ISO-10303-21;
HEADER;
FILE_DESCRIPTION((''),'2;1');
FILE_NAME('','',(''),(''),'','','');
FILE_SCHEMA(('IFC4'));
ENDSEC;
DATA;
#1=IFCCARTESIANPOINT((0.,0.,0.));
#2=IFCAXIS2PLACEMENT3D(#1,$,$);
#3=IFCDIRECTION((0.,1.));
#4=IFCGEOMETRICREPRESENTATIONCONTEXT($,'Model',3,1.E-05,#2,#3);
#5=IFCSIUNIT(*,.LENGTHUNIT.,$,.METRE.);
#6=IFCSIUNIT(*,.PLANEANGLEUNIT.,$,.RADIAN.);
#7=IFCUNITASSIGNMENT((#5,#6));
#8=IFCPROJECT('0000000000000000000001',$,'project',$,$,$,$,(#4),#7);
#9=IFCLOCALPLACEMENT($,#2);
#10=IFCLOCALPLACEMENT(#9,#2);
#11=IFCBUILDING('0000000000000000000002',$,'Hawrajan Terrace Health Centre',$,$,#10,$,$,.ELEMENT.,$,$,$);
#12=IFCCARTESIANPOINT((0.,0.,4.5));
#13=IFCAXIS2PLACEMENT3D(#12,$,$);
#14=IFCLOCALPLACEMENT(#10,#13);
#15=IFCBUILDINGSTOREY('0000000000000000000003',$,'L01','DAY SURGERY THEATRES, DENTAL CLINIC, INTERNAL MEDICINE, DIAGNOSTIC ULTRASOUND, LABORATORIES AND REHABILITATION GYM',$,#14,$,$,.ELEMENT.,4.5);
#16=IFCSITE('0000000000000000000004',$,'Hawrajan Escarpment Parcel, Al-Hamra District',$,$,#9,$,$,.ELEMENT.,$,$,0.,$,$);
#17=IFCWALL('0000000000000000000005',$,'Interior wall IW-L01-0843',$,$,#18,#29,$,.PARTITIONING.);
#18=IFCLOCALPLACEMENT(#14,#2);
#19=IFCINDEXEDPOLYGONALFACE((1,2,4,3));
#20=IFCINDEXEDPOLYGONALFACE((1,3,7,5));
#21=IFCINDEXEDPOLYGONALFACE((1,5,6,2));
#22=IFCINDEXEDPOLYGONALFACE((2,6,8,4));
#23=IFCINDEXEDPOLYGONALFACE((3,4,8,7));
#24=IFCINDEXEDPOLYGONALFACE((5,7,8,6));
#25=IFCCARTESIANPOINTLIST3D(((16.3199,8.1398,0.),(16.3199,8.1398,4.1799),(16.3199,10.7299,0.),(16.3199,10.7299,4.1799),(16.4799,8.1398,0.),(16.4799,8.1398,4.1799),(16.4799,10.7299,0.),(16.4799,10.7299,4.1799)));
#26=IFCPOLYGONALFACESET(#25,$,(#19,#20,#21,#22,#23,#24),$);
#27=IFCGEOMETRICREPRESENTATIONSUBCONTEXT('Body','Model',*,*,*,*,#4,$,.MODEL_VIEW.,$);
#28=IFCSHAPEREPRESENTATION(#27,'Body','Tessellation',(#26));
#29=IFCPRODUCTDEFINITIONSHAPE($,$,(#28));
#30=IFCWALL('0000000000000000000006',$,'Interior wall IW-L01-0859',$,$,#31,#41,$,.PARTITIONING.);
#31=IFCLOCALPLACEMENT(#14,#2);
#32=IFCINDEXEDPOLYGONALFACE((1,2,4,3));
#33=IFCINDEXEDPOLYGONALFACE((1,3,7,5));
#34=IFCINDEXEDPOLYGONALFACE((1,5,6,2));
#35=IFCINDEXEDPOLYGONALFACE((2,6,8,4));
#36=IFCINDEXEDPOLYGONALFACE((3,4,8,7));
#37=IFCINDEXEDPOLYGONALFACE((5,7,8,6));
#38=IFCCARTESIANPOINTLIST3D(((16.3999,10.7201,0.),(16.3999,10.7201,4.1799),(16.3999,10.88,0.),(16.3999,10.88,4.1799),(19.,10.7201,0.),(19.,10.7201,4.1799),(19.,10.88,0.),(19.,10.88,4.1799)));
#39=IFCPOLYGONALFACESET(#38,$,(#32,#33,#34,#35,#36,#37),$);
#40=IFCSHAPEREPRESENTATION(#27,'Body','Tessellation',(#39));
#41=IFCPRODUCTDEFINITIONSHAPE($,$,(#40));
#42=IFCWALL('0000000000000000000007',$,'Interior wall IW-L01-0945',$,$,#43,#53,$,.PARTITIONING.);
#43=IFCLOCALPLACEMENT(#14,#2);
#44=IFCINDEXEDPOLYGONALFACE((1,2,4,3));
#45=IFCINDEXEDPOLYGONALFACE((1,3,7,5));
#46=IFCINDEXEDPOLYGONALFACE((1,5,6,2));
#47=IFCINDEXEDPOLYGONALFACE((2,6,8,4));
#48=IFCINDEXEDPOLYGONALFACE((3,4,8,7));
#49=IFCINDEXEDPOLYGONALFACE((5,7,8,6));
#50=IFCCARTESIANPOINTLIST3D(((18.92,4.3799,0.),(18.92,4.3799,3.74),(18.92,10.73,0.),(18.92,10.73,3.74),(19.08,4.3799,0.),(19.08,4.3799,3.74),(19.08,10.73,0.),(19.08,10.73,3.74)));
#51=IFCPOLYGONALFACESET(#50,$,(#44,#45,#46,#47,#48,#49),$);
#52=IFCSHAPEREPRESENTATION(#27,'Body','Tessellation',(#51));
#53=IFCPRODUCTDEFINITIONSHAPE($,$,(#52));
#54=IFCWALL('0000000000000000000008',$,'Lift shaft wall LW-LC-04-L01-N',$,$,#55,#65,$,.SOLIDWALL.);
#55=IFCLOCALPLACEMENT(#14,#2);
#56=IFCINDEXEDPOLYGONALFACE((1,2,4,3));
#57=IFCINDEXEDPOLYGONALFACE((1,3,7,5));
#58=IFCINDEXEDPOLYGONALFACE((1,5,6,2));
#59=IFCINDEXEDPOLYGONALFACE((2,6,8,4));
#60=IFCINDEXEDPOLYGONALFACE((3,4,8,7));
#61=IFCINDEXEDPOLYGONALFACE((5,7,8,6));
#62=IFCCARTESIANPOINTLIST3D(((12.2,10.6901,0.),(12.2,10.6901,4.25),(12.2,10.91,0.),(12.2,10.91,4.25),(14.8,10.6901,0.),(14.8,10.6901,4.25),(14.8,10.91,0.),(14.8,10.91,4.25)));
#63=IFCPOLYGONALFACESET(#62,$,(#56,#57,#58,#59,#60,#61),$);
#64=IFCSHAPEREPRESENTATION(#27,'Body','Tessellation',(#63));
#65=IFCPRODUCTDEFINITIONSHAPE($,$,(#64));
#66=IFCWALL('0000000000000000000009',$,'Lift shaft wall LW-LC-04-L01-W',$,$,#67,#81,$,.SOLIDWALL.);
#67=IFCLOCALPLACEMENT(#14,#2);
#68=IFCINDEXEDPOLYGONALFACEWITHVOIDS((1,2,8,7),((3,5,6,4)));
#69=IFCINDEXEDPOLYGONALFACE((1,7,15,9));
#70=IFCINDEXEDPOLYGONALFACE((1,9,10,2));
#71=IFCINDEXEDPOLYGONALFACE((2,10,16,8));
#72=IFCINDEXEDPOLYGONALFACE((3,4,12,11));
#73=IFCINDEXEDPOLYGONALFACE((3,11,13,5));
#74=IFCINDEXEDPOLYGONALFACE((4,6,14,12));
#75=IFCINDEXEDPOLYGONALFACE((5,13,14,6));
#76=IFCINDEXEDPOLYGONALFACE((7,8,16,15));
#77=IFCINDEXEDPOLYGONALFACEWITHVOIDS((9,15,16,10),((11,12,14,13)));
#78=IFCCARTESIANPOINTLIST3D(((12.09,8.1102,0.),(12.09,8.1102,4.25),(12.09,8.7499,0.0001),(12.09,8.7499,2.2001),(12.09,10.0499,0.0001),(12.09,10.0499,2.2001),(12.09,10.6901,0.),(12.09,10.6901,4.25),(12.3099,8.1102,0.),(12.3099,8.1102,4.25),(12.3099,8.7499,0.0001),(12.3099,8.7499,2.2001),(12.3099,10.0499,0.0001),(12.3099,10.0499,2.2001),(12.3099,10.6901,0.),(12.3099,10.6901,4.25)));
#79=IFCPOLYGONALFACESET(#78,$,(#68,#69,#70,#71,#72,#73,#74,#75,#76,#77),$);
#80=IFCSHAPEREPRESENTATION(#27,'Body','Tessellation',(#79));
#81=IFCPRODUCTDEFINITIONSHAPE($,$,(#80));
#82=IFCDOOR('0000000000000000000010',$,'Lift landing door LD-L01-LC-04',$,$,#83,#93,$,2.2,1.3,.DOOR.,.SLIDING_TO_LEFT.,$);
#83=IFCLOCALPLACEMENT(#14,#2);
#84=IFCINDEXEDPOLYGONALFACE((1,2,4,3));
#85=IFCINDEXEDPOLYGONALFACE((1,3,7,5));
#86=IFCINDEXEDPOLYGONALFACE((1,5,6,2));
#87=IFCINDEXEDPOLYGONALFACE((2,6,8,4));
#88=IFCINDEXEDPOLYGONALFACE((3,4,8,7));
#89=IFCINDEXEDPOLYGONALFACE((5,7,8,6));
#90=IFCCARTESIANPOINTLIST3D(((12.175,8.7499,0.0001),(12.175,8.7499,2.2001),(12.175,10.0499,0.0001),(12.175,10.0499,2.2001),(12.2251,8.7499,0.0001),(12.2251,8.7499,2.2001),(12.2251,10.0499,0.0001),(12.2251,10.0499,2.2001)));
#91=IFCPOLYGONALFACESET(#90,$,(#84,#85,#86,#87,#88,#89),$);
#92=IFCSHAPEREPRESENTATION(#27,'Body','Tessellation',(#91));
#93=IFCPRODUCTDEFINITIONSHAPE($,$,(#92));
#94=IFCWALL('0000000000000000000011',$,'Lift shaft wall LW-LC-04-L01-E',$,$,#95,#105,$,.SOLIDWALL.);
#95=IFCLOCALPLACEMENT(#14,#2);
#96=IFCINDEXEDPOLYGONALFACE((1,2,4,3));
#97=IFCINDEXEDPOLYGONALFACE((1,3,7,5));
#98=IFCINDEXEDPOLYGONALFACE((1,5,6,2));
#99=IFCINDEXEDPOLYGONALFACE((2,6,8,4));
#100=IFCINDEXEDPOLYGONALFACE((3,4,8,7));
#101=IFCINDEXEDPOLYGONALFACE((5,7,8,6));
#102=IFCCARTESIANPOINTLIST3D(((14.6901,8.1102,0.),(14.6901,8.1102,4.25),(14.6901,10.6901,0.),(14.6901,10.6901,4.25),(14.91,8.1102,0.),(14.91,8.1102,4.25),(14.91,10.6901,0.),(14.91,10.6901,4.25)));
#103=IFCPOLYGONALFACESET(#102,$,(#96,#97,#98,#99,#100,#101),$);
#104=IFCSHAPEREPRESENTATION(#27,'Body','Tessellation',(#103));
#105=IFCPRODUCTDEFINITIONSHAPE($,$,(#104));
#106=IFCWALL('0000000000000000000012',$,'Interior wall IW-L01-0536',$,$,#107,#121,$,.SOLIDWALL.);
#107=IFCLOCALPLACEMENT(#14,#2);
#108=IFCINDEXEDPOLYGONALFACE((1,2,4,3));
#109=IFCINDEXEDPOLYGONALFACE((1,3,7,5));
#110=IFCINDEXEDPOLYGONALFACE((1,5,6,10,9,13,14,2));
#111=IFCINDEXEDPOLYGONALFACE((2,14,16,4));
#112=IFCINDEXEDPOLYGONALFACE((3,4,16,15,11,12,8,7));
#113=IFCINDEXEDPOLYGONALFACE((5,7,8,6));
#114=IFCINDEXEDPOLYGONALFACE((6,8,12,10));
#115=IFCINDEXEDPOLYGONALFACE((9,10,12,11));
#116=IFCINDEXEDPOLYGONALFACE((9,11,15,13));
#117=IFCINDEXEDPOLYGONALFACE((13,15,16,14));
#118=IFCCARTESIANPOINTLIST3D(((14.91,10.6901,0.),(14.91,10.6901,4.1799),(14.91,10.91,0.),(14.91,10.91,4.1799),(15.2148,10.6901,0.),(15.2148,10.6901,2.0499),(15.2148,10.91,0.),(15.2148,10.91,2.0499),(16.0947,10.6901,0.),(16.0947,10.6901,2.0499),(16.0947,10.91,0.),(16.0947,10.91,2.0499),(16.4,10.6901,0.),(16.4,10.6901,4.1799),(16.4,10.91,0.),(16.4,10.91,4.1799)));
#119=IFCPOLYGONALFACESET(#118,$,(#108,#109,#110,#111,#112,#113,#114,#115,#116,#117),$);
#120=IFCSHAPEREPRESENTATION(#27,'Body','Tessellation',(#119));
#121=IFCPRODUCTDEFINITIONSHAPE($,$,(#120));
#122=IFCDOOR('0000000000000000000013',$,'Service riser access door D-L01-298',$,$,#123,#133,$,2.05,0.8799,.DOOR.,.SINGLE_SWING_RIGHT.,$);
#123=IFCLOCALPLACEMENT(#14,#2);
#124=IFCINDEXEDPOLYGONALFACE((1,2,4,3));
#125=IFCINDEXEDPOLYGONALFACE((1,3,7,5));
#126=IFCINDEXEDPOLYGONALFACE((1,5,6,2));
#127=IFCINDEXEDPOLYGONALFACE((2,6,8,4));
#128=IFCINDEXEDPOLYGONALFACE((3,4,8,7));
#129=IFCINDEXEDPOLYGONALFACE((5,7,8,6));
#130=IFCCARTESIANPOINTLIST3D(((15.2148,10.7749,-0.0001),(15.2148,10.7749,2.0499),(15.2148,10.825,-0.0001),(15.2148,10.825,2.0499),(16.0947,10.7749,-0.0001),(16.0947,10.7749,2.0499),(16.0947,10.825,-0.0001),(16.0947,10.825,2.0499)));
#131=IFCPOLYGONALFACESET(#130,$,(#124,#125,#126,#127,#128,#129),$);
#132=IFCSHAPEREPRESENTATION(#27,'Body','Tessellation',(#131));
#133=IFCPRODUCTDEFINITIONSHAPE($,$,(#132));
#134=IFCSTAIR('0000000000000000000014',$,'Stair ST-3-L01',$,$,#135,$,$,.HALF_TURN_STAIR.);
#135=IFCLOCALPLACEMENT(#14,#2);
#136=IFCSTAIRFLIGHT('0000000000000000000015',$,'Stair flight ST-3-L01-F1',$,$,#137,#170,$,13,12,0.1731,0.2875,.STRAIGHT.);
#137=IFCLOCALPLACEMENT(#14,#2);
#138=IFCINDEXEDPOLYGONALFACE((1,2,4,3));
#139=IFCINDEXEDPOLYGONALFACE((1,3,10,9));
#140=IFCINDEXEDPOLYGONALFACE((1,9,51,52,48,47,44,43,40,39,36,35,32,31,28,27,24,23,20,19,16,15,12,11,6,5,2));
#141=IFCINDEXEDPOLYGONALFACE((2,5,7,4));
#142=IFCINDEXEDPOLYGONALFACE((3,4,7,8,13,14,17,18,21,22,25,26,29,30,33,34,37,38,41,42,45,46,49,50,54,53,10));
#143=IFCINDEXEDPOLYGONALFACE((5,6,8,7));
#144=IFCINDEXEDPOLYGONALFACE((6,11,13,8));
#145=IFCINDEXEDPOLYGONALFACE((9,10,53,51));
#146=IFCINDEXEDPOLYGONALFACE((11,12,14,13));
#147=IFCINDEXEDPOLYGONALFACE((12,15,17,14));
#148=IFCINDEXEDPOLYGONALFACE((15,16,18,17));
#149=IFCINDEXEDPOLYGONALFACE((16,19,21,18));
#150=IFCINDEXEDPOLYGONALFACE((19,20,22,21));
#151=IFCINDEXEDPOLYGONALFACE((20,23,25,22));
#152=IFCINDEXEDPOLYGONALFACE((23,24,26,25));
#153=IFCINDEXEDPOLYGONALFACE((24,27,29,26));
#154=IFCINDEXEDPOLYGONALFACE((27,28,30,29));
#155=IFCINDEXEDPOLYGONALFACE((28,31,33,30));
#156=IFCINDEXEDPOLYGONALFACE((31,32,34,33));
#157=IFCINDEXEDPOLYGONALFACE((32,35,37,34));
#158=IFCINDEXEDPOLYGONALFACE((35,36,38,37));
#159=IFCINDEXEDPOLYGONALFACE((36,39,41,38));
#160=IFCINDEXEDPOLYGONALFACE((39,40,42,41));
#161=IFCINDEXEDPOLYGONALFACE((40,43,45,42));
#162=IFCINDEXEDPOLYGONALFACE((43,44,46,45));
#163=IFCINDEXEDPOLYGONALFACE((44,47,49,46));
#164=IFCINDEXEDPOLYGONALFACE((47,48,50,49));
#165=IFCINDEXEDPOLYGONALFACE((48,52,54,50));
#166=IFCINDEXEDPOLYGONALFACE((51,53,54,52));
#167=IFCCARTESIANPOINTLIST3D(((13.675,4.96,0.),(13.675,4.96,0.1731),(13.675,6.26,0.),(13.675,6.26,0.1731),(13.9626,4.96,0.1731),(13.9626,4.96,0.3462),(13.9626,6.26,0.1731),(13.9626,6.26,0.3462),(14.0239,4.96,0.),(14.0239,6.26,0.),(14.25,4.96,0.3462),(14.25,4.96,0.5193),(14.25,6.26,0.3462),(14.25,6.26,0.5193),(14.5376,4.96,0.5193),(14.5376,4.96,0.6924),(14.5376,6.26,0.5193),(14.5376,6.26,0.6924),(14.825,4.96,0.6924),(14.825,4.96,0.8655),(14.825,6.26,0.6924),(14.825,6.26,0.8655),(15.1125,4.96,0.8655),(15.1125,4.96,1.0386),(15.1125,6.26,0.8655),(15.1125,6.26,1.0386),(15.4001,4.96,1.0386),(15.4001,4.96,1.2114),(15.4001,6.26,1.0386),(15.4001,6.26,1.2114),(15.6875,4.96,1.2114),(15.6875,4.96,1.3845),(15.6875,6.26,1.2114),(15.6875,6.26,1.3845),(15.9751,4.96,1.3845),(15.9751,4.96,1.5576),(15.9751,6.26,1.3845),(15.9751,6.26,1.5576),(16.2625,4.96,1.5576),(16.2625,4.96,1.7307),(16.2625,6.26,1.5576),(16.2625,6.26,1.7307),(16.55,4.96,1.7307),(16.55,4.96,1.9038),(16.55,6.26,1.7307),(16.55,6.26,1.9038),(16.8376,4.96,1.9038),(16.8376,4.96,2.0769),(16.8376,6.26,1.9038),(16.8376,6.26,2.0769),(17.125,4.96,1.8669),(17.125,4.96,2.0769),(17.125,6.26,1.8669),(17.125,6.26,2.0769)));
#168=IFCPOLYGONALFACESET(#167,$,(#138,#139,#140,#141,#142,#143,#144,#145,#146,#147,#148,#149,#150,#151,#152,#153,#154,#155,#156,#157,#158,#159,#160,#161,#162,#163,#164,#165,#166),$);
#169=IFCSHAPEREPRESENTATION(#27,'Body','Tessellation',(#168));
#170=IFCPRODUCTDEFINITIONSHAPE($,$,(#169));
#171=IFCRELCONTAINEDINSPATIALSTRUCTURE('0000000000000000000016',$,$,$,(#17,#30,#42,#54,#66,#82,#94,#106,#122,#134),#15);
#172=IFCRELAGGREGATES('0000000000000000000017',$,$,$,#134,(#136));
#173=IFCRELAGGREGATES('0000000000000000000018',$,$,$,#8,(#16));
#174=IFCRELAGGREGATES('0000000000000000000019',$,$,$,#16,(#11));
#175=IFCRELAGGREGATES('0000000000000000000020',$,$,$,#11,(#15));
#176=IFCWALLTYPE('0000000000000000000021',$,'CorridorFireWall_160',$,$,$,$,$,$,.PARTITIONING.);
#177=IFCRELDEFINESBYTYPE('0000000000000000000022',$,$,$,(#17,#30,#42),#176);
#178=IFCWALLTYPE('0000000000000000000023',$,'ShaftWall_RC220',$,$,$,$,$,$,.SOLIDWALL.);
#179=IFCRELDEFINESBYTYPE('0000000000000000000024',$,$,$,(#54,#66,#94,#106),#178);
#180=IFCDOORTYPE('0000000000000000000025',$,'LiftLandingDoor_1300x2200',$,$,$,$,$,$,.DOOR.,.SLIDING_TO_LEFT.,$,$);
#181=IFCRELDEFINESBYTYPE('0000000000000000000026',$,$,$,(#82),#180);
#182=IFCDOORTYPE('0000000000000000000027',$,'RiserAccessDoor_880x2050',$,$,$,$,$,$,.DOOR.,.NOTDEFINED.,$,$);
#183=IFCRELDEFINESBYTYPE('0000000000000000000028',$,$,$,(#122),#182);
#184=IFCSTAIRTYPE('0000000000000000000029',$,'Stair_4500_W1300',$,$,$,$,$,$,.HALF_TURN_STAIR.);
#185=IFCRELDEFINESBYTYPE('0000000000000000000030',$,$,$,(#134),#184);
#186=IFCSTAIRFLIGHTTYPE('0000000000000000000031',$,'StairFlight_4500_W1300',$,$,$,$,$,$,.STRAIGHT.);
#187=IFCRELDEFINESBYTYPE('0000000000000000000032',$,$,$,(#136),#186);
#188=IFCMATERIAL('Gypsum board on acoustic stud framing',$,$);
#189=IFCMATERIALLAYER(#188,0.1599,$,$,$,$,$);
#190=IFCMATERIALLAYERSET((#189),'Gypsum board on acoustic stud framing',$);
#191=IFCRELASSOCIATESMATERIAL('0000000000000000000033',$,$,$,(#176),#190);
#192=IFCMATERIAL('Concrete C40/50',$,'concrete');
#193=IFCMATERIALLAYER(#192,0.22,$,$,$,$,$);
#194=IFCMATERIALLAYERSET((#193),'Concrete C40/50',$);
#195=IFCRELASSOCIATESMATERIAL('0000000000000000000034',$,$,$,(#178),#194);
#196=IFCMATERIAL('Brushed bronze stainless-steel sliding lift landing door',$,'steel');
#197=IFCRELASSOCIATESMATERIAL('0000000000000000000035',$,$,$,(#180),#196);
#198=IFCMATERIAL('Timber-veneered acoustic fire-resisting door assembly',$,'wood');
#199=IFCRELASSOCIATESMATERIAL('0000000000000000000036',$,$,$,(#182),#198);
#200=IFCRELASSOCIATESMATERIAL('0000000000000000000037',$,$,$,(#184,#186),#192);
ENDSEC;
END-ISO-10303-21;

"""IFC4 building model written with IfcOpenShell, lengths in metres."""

from ifc_helpers import new_model, si_unit, direction, frame, frame_2d, origin, place, context, subcontext, project, spatial, polyline, rectangle, outline, extrude, material, layer, layer_set, type_object, element, fill, aggregate, save


model = new_model("IFC4")

# Units and contexts
model_context = context("Model", 3, precision=1e-05, world=origin(), true_north=direction((0.0, 1.0)))
body_context = subcontext(model_context, "Body", "Model", "MODEL_VIEW")
ifc_project = project(units=[si_unit("LENGTHUNIT", "METRE"), si_unit("PLANEANGLEUNIT", "RADIAN")], contexts=[model_context])

# Site, building, storey
site_placement = place(None, origin())
site = spatial("IfcSite", under=ifc_project, at=site_placement, Name="Hawrajan Escarpment Parcel, Al-Hamra District", CompositionType="ELEMENT", RefElevation=0.0)
building_placement = place(site_placement, origin())
building = spatial("IfcBuilding", under=site, at=building_placement, Name="Hawrajan Terrace Health Centre", CompositionType="ELEMENT")
storey_placement = place(building_placement, frame((0.0, 0.0, 4.5)))
storey = spatial("IfcBuildingStorey", under=building, at=storey_placement, Name="L01", Description="DAY SURGERY THEATRES, DENTAL CLINIC, INTERNAL MEDICINE, DIAGNOSTIC ULTRASOUND, LABORATORIES AND REHABILITATION GYM", CompositionType="ELEMENT", Elevation=4.5)

# Shared definitions
ifc_material_1 = material(Name="Concrete C40/50", Category="concrete")

# Shared definitions
ifc_material_2 = material(Name="Gypsum board on acoustic stud framing")
ifc_layer_1 = layer(ifc_material_2, 0.1599)
ifc_layer_set_1 = layer_set([ifc_layer_1], Name="Gypsum board on acoustic stud framing")
wall_type_1 = type_object("IfcWallType", Name="CorridorFireWall_160", PredefinedType="PARTITIONING", material=ifc_layer_set_1)
ifc_material_3 = material(Name="Timber-veneered acoustic fire-resisting door assembly", Category="wood")

# Walls
wall_1_placement = place(storey_placement, frame((16.3999, 8.1399, 0.0), z_axis=(0.0, 0.0, 1.0), x_axis=(0.0, 1.0, 0.0)))
element("IfcWall", 1, at=wall_1_placement, inside=storey, type_object=wall_type_1, Name="Interior wall IW-L01-0843", PredefinedType="PARTITIONING", context=body_context, shape_type="SweptSolid", body=[
    extrude(rectangle(XDim=2.5901, YDim=0.1599, at=frame_2d((1.2949, 0.0))), origin(), (0.0, 0.0, 1.0), 4.1799),
])
wall_2_placement = place(storey_placement, frame((16.3999, 10.8, 0.0), z_axis=(0.0, 0.0, 1.0), x_axis=(1.0, 0.0, 0.0)))
element("IfcWall", 2, at=wall_2_placement, inside=storey, type_object=wall_type_1, Name="Interior wall IW-L01-0859", PredefinedType="PARTITIONING", context=body_context, shape_type="SweptSolid", body=[
    extrude(rectangle(XDim=2.6001, YDim=0.1599, at=frame_2d((1.3, 0.0))), origin(), (0.0, 0.0, 1.0), 4.1799),
])
wall_3_placement = place(storey_placement, frame((19.0, 4.3799, 0.0), z_axis=(0.0, 0.0, 1.0), x_axis=(0.0, 1.0, 0.0)))
element("IfcWall", 3, at=wall_3_placement, inside=storey, type_object=wall_type_1, Name="Interior wall IW-L01-0945", PredefinedType="PARTITIONING", context=body_context, shape_type="SweptSolid", body=[
    extrude(rectangle(XDim=6.3501, YDim=0.1599, at=frame_2d((3.175, 0.0))), origin(), (0.0, 0.0, 1.0), 3.74),
])
ifc_layer_2 = layer(ifc_material_1, 0.22)
ifc_layer_set_2 = layer_set([ifc_layer_2], Name="Concrete C40/50")
wall_type_2 = type_object("IfcWallType", Name="ShaftWall_RC220", PredefinedType="SOLIDWALL", material=ifc_layer_set_2)
wall_4_placement = place(storey_placement, frame((12.2, 10.8, 0.0), z_axis=(0.0, 0.0, 1.0), x_axis=(1.0, 0.0, 0.0)))
element("IfcWall", 4, at=wall_4_placement, inside=storey, type_object=wall_type_2, Name="Lift shaft wall LW-LC-04-L01-N", PredefinedType="SOLIDWALL", context=body_context, shape_type="SweptSolid", body=[
    extrude(rectangle(XDim=2.6001, YDim=0.22, at=frame_2d((1.3, 0.0))), origin(), (0.0, 0.0, 1.0), 4.25),
])

# Wall, opening, door
wall_5_placement = place(storey_placement, frame((12.2, 8.1101, 0.0), z_axis=(0.0, 0.0, 1.0), x_axis=(0.0, 1.0, 0.0)))
wall_5 = element("IfcWall", 5, at=wall_5_placement, inside=storey, type_object=wall_type_2, Name="Lift shaft wall LW-LC-04-L01-W", PredefinedType="SOLIDWALL", context=body_context, shape_type="SweptSolid", body=[
    extrude(rectangle(XDim=2.5798, YDim=0.22, at=frame_2d((1.29, 0.0))), origin(), (0.0, 0.0, 1.0), 4.25),
])
opening_1_placement = place(wall_5_placement, frame((0.6399, 0.0, 0.0)))
opening_1 = element("IfcOpeningElement", 6, at=opening_1_placement, cuts=wall_5, PredefinedType="OPENING", context=body_context, shape_type="SweptSolid", body=[
    extrude(rectangle(XDim=1.3, YDim=2.2, at=frame_2d((0.6499, 1.1001))), frame((0.0, 0.1199, 0.0), z_axis=(0.0, -1.0, 0.0), x_axis=(1.0, 0.0, 0.0)), (0.0, 0.0, 1.0), 0.24),
])
ifc_material_4 = material(Name="Brushed bronze stainless-steel sliding lift landing door", Category="steel")
door_type_1 = type_object("IfcDoorType", Name="LiftLandingDoor_1300x2200", OperationType="SLIDING_TO_LEFT", PredefinedType="DOOR", material=ifc_material_4)
door_1_placement = place(opening_1_placement, origin())
door_1 = element("IfcDoor", 7, at=door_1_placement, inside=storey, type_object=door_type_1, Name="Lift landing door LD-L01-LC-04", OperationType="SLIDING_TO_LEFT", OverallHeight=2.2, OverallWidth=1.3, PredefinedType="DOOR", context=body_context, shape_type="SweptSolid", body=[
    extrude(rectangle(XDim=1.3, YDim=2.2, at=frame_2d((0.6499, 1.1001))), frame((0.0, 0.0249, 0.0), z_axis=(0.0, -1.0, 0.0), x_axis=(1.0, 0.0, 0.0)), (0.0, 0.0, 1.0), 0.05),
])
fill(opening_1, door_1)

# Wall
wall_6_placement = place(storey_placement, frame((14.8, 8.1101, 0.0), z_axis=(0.0, 0.0, 1.0), x_axis=(0.0, 1.0, 0.0)))
element("IfcWall", 8, at=wall_6_placement, inside=storey, type_object=wall_type_2, Name="Lift shaft wall LW-LC-04-L01-E", PredefinedType="SOLIDWALL", context=body_context, shape_type="SweptSolid", body=[
    extrude(rectangle(XDim=2.5798, YDim=0.22, at=frame_2d((1.29, 0.0))), origin(), (0.0, 0.0, 1.0), 4.25),
])

# Wall, opening, door
wall_7_placement = place(storey_placement, frame((14.9099, 10.8, 0.0), z_axis=(0.0, 0.0, 1.0), x_axis=(1.0, 0.0, 0.0)))
wall_7 = element("IfcWall", 9, at=wall_7_placement, inside=storey, type_object=wall_type_2, Name="Interior wall IW-L01-0536", PredefinedType="SOLIDWALL", context=body_context, shape_type="SweptSolid", body=[
    extrude(rectangle(XDim=1.49, YDim=0.22, at=frame_2d((0.7451, 0.0))), origin(), (0.0, 0.0, 1.0), 4.1799),
])
opening_2_placement = place(wall_7_placement, frame((0.3049, 0.0, 0.0)))
opening_2 = element("IfcOpeningElement", 10, at=opening_2_placement, cuts=wall_7, PredefinedType="OPENING", context=body_context, shape_type="SweptSolid", body=[
    extrude(rectangle(XDim=0.8799, YDim=2.05, at=frame_2d((0.4399, 1.0249))), frame((0.0, 0.1199, 0.0), z_axis=(0.0, -1.0, 0.0), x_axis=(1.0, 0.0, 0.0)), (0.0, 0.0, 1.0), 0.24),
])
door_type_2 = type_object("IfcDoorType", Name="RiserAccessDoor_880x2050", OperationType="NOTDEFINED", PredefinedType="DOOR", material=ifc_material_3)
door_2_placement = place(opening_2_placement, origin())
door_2 = element("IfcDoor", 11, at=door_2_placement, inside=storey, type_object=door_type_2, Name="Service riser access door D-L01-298", OperationType="SINGLE_SWING_RIGHT", OverallHeight=2.05, OverallWidth=0.8799, PredefinedType="DOOR", context=body_context, shape_type="SweptSolid", body=[
    extrude(rectangle(XDim=0.8799, YDim=2.05, at=frame_2d((0.4399, 1.0249))), frame((0.0, 0.0249, 0.0), z_axis=(0.0, -1.0, 0.0), x_axis=(1.0, 0.0, 0.0)), (0.0, 0.0, 1.0), 0.05),
])
fill(opening_2, door_2)

# Stair, stair flight
stair_type = type_object("IfcStairType", Name="Stair_4500_W1300", PredefinedType="HALF_TURN_STAIR", material=ifc_material_1)
stair_placement = place(storey_placement, origin())
stair = element("IfcStair", 12, at=stair_placement, inside=storey, type_object=stair_type, Name="Stair ST-3-L01", PredefinedType="HALF_TURN_STAIR")
stair_flight_type = type_object("IfcStairFlightType", Name="StairFlight_4500_W1300", PredefinedType="STRAIGHT", material=ifc_material_1)
stair_flight_1_placement = place(storey_placement, frame((13.675, 5.6101, 0.0), z_axis=(0.0, 0.0, 1.0), x_axis=(1.0, 0.0, 0.0)))
stair_flight_1 = element("IfcStairFlight", 13, at=stair_flight_1_placement, type_object=stair_flight_type, Name="Stair flight ST-3-L01-F1", NumberOfRisers=13, NumberOfTreads=12, PredefinedType="STRAIGHT", RiserHeight=0.1731, TreadLength=0.2875, context=body_context, shape_type="SweptSolid", body=[
    extrude(outline(polyline([(0.0, 0.0), (0.0, 0.1731), (0.2876, 0.1731), (0.2876, 0.3462), (0.575, 0.3462), (0.575, 0.5193), (0.8625, 0.5193), (0.8625, 0.6924), (1.1499, 0.6924), (1.1499, 0.8655), (1.4375, 0.8655), (1.4375, 1.0386), (1.7251, 1.0386), (1.7251, 1.2114), (2.0125, 1.2114), (2.0125, 1.3845), (2.3, 1.3845), (2.3, 1.5576), (2.5874, 1.5576), (2.5874, 1.7307), (2.875, 1.7307), (2.875, 1.9038), (3.1626, 1.9038), (3.1626, 2.0769), (3.45, 2.0769), (3.45, 2.25), (3.45, 1.8669), (0.3489, 0.0), (0.0, 0.0)])), frame((0.0, 0.6499, 0.0), z_axis=(0.0, -1.0, 0.0), x_axis=(1.0, 0.0, 0.0)), (0.0, 0.0, 1.0), 1.3),
])
aggregate(stair, [stair_flight_1])

save(model, "model.ifc")
